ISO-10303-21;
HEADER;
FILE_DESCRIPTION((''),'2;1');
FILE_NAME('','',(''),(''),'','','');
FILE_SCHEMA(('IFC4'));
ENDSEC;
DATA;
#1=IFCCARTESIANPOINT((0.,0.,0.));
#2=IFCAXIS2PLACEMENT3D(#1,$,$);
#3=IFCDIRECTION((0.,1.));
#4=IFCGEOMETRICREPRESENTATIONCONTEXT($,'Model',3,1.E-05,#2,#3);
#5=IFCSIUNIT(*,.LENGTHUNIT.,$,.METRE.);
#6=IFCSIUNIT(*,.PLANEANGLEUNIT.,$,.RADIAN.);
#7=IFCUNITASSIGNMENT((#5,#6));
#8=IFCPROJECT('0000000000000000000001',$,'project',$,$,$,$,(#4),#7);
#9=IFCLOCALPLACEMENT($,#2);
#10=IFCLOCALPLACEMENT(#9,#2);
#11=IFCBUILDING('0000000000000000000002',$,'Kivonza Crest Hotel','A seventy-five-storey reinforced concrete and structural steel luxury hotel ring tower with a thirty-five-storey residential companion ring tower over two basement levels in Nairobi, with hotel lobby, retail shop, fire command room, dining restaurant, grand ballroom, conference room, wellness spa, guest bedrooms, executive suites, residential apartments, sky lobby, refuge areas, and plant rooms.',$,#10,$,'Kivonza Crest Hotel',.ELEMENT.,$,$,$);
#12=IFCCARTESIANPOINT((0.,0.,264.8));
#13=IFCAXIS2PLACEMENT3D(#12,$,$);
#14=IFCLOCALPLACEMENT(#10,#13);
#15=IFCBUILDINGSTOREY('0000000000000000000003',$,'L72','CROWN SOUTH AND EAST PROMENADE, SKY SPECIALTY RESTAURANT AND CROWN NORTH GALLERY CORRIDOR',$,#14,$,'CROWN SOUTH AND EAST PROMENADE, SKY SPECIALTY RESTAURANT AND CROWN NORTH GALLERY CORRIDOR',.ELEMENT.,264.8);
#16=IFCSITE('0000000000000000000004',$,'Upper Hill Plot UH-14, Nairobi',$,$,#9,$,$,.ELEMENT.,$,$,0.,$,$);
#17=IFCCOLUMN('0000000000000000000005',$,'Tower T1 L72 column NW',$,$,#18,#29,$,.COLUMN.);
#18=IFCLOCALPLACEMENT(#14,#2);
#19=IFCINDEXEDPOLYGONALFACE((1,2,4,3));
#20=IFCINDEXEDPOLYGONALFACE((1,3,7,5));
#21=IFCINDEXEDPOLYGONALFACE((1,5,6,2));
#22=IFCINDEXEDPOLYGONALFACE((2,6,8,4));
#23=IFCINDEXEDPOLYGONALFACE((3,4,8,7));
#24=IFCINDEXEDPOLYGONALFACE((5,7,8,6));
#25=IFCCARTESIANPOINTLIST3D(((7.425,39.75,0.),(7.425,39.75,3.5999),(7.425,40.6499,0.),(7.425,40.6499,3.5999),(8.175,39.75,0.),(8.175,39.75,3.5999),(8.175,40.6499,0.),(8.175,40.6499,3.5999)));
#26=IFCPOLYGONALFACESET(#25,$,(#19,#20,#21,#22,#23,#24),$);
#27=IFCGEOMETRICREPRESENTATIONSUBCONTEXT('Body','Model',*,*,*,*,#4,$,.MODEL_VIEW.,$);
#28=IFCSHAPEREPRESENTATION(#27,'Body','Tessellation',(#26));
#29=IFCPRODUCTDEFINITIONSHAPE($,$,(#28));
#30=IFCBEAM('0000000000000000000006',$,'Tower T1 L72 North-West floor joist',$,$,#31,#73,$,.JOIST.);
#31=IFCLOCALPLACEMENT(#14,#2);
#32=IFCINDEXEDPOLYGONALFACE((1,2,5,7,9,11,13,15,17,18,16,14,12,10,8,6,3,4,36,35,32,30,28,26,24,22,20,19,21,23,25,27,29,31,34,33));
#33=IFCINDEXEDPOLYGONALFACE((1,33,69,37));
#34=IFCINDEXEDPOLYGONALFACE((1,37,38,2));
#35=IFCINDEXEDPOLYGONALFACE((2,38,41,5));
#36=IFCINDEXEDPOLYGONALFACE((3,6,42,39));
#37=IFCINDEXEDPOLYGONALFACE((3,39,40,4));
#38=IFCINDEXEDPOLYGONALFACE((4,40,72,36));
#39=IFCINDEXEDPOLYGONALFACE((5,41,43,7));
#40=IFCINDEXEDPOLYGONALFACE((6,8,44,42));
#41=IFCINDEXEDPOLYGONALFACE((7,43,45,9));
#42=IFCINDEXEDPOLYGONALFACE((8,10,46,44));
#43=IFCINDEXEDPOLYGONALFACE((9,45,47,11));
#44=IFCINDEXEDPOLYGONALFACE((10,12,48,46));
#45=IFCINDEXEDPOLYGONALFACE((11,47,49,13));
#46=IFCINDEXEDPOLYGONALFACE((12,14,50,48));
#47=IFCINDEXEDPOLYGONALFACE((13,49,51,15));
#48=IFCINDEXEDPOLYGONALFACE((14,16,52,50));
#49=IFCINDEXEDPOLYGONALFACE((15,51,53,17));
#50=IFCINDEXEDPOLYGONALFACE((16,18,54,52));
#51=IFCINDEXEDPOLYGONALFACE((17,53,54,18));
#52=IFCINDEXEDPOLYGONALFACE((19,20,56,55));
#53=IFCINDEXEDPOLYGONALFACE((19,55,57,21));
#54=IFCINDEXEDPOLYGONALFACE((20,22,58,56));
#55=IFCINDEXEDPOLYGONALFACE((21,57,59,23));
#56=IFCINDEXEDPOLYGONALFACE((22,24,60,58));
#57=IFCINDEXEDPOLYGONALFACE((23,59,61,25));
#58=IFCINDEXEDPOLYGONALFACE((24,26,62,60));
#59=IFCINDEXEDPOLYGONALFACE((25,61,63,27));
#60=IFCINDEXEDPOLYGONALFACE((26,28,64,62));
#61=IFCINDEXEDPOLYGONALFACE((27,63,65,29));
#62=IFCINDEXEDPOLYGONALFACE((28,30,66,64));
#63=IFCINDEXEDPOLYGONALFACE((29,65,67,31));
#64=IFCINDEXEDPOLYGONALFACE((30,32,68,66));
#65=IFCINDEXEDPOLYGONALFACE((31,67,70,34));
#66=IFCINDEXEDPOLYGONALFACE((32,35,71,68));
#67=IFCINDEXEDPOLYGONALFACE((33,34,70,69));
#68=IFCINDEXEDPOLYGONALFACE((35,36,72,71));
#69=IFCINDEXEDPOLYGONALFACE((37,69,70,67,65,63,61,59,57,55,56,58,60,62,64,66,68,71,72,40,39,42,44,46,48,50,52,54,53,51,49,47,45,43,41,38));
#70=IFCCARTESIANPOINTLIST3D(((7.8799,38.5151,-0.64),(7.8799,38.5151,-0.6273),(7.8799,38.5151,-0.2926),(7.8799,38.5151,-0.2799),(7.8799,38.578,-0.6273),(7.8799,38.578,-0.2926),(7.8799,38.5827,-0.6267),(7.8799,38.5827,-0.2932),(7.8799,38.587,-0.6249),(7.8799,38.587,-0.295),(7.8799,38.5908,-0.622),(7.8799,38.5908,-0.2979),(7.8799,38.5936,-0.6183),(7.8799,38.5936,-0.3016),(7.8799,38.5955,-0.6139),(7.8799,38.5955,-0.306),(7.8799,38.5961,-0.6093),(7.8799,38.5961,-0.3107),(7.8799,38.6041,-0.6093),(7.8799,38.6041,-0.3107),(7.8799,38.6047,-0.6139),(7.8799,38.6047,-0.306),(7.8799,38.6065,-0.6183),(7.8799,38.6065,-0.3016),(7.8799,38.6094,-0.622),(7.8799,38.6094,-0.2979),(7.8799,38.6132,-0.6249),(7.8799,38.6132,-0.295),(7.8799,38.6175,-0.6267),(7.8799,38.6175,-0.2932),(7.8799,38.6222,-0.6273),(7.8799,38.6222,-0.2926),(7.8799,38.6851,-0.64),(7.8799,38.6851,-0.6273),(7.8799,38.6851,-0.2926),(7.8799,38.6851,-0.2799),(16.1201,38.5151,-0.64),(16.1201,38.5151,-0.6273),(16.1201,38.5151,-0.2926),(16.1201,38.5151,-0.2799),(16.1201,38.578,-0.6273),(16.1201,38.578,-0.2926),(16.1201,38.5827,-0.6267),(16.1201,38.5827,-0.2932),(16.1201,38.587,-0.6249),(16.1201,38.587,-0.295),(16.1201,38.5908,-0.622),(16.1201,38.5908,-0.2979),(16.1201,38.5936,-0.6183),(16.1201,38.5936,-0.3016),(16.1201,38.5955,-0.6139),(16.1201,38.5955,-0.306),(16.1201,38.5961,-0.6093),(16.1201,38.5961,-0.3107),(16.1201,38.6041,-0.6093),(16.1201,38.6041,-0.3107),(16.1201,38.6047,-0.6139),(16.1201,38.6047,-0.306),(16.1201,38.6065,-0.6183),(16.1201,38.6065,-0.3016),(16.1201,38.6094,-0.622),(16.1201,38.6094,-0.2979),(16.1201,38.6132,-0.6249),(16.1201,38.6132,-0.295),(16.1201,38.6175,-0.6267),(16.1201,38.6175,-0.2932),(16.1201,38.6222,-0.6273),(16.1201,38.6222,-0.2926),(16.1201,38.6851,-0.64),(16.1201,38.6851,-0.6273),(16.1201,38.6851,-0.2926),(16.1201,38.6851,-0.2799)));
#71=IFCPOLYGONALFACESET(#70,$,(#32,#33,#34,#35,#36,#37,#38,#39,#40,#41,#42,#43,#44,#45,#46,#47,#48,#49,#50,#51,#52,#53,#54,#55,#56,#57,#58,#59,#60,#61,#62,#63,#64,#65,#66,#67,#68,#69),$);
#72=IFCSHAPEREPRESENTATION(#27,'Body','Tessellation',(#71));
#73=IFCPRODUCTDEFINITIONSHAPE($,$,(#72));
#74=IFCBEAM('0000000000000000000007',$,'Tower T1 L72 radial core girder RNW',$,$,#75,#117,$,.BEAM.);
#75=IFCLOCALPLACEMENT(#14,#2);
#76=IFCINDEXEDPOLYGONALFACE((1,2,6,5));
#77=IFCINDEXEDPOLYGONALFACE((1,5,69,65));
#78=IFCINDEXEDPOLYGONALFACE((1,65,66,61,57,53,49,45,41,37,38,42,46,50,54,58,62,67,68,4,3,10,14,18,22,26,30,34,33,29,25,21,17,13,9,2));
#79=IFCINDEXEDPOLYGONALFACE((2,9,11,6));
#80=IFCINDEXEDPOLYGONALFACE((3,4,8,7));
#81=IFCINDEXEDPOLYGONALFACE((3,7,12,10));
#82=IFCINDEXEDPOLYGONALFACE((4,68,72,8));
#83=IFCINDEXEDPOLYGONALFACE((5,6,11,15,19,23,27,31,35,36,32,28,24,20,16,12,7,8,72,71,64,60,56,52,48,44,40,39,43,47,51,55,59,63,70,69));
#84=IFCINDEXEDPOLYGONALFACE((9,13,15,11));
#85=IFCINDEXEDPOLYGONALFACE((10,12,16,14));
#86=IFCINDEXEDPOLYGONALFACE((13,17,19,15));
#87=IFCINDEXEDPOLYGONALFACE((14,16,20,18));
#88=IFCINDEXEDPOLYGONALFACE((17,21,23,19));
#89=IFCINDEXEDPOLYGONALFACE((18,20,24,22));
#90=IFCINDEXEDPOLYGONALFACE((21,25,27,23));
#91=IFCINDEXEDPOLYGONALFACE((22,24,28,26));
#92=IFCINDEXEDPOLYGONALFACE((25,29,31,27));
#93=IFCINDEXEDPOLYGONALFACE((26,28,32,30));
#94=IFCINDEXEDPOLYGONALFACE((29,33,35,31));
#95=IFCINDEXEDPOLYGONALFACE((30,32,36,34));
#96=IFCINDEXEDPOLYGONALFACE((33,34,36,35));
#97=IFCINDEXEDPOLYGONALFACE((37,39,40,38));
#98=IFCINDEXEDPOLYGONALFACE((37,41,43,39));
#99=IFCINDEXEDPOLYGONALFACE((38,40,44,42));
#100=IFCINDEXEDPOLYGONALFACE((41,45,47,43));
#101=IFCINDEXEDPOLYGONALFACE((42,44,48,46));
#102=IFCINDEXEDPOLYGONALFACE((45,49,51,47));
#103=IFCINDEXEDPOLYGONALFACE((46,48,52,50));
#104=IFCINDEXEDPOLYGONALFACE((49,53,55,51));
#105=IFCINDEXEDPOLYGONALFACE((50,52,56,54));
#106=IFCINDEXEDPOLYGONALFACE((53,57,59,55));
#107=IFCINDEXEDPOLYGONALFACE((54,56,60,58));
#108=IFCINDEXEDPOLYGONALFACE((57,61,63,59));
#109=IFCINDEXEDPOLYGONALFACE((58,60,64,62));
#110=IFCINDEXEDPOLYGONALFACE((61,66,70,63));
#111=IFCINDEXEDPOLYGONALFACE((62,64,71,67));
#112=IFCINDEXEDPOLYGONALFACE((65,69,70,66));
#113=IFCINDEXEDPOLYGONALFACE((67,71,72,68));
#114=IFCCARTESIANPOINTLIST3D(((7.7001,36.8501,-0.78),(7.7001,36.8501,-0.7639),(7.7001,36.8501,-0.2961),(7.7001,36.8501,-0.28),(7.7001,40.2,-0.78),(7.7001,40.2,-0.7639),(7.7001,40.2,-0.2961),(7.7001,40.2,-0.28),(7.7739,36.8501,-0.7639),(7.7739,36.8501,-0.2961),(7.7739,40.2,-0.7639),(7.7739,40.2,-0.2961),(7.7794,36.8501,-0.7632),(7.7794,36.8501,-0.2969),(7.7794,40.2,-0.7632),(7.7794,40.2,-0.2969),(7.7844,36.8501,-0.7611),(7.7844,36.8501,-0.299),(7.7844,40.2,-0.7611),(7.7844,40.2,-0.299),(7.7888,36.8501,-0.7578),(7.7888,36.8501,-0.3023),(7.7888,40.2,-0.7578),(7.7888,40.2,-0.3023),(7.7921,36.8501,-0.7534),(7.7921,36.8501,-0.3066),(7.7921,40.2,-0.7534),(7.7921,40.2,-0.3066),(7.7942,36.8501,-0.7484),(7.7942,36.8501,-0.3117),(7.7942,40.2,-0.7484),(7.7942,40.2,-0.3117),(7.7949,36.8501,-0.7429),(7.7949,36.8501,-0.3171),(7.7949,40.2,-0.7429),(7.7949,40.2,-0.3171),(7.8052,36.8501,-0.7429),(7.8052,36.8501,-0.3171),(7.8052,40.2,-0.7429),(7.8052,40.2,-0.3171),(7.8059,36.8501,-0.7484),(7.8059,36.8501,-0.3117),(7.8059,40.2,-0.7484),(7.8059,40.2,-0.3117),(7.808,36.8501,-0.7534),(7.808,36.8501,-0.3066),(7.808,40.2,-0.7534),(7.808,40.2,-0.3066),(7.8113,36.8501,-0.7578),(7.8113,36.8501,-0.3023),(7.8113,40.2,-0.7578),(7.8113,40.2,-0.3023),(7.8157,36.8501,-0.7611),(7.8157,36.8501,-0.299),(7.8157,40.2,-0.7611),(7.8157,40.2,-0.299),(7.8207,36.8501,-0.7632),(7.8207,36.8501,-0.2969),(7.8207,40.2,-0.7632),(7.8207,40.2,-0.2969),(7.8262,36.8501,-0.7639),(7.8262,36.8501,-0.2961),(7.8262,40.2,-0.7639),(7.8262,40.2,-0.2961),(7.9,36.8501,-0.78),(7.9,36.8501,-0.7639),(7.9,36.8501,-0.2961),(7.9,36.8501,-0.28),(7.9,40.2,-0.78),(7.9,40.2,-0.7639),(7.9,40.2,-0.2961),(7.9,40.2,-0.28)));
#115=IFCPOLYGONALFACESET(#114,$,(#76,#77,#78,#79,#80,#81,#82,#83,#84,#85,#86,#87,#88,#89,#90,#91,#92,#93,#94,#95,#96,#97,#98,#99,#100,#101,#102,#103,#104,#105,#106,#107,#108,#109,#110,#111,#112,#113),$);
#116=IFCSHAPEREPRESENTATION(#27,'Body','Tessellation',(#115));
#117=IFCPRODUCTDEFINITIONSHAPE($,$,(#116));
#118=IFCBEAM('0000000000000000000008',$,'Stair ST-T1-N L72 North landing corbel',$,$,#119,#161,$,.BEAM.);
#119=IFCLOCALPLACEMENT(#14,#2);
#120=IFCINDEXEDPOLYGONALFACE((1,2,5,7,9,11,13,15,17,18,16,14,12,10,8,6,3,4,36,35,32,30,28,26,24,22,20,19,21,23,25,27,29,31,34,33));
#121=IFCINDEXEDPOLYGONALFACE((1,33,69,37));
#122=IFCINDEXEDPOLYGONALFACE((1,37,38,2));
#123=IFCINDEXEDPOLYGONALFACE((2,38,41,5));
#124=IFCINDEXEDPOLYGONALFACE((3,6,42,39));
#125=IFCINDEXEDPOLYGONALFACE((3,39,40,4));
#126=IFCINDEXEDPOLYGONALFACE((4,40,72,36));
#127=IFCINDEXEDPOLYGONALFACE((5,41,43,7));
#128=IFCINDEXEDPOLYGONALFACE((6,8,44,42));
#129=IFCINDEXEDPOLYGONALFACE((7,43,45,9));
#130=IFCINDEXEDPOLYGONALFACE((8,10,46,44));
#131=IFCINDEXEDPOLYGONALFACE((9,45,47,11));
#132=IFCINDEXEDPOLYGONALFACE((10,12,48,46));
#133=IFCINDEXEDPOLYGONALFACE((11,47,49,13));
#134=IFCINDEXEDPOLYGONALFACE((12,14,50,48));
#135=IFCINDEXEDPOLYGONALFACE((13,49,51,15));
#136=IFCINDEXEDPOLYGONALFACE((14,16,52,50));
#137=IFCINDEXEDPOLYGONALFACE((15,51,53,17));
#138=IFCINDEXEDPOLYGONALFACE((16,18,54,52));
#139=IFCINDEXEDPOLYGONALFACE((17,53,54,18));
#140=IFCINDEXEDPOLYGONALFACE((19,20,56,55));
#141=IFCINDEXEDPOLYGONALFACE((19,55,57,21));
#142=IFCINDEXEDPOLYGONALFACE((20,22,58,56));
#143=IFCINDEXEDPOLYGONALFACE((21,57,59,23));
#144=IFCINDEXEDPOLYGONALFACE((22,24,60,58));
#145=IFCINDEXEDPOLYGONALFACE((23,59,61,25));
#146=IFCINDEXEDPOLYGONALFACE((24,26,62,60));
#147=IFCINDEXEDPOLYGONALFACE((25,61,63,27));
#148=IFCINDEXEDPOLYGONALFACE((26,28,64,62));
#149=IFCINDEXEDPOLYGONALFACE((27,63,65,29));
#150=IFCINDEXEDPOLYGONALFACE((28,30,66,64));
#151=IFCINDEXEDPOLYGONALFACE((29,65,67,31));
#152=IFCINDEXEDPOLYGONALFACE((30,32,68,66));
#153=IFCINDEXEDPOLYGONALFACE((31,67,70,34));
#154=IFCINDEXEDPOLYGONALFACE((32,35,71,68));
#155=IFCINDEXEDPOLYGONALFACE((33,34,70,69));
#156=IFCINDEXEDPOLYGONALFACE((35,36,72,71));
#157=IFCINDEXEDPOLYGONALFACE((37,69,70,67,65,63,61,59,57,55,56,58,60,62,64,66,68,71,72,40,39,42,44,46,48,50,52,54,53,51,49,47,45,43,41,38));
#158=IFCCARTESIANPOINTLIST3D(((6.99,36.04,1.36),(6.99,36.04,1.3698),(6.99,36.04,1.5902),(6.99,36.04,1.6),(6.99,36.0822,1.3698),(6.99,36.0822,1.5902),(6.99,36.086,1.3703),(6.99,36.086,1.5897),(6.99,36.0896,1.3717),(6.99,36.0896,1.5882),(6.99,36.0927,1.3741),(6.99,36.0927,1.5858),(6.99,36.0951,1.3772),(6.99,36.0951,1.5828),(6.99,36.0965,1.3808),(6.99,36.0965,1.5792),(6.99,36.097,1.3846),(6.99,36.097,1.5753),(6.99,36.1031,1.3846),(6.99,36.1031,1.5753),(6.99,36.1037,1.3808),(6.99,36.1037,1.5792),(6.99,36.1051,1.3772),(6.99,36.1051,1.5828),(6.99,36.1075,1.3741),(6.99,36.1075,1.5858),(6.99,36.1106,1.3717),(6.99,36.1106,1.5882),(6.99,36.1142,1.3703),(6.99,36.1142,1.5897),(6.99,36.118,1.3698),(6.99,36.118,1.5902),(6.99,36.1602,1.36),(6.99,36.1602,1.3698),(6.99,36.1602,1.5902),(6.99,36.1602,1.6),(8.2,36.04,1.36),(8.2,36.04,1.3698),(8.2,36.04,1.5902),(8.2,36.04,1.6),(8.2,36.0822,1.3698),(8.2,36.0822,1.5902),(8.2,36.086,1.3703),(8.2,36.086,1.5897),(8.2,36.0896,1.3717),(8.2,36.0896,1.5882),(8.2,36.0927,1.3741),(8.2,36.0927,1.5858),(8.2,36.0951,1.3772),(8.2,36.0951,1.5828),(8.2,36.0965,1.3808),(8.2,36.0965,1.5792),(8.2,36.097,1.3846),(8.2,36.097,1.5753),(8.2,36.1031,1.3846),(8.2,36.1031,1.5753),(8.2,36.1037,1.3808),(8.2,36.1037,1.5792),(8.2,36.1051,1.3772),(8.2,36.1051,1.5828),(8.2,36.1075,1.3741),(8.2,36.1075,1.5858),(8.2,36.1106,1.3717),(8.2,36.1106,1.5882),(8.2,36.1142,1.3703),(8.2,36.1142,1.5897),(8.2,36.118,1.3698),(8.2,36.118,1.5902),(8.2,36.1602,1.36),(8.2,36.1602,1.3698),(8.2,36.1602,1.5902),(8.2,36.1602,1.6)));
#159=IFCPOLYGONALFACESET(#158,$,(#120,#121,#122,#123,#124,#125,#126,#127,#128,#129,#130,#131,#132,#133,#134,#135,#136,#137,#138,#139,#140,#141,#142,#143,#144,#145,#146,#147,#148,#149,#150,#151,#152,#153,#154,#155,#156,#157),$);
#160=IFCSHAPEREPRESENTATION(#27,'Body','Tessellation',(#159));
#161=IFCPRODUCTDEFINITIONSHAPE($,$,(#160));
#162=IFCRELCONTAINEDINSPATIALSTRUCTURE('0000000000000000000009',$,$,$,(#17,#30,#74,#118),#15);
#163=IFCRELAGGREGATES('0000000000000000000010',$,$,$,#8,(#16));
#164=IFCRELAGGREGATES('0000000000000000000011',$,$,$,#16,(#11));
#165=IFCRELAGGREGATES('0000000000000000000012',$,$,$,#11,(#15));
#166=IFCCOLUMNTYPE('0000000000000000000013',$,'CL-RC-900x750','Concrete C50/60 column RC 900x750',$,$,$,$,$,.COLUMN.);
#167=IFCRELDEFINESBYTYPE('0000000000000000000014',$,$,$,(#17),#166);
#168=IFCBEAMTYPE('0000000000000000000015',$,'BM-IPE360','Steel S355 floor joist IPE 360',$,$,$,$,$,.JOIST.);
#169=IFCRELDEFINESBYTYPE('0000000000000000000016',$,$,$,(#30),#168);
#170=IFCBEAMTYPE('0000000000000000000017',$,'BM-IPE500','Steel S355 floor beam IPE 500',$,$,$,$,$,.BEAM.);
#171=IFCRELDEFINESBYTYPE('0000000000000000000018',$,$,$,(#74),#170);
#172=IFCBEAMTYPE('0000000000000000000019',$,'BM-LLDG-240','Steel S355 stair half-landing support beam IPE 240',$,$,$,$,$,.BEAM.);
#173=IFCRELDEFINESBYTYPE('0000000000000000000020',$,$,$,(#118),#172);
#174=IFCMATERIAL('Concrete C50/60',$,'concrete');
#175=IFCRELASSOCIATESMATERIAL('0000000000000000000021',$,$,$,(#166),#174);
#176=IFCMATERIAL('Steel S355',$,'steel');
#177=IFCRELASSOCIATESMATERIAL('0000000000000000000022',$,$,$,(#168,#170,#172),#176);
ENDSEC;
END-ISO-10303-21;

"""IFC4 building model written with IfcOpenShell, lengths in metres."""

from ifc_helpers import new_model, si_unit, direction, frame, origin, origin_2d, place, context, subcontext, project, spatial, rectangle, i_section, extrude, material, material_profile, profile_set, type_object, element, save


model = new_model("IFC4")

# Units and contexts
model_context = context("Model", 3, precision=1e-05, world=origin(), true_north=direction((0.0, 1.0)))
body_context = subcontext(model_context, "Body", "Model", "MODEL_VIEW")
ifc_project = project(units=[si_unit("LENGTHUNIT", "METRE"), si_unit("PLANEANGLEUNIT", "RADIAN")], contexts=[model_context])

# Site, building, storey
site_placement = place(None, origin())
site = spatial("IfcSite", under=ifc_project, at=site_placement, Name="Upper Hill Plot UH-14, Nairobi", CompositionType="ELEMENT", RefElevation=0.0)
building_placement = place(site_placement, origin())
building = spatial("IfcBuilding", under=site, at=building_placement, Name="Kivonza Crest Hotel", Description="A seventy-five-storey reinforced concrete and structural steel luxury hotel ring tower with a thirty-five-storey residential companion ring tower over two basement levels in Nairobi, with hotel lobby, retail shop, fire command room, dining restaurant, grand ballroom, conference room, wellness spa, guest bedrooms, executive suites, residential apartments, sky lobby, refuge areas, and plant rooms.", LongName="Kivonza Crest Hotel", CompositionType="ELEMENT")
storey_placement = place(building_placement, frame((0.0, 0.0, 264.8)))
storey = spatial("IfcBuildingStorey", under=building, at=storey_placement, Name="L72", Description="CROWN SOUTH AND EAST PROMENADE, SKY SPECIALTY RESTAURANT AND CROWN NORTH GALLERY CORRIDOR", LongName="CROWN SOUTH AND EAST PROMENADE, SKY SPECIALTY RESTAURANT AND CROWN NORTH GALLERY CORRIDOR", CompositionType="ELEMENT", Elevation=264.8)

# Column
ifc_material_1 = material(Name="Concrete C50/60", Category="concrete")
ifc_material_profile_1 = material_profile(ifc_material_1, rectangle(XDim=0.75, YDim=0.8999, at=origin_2d()), Name="RC 900x750")
ifc_profile_set_1 = profile_set([ifc_material_profile_1], Name="Concrete C50/60")
column_type = type_object("IfcColumnType", Name="CL-RC-900x750", Description="Concrete C50/60 column RC 900x750", PredefinedType="COLUMN", material=ifc_profile_set_1)
column_placement = place(storey_placement, frame((7.8, 40.2, 0.0), z_axis=(0.0, 0.0, 1.0), x_axis=(1.0, 0.0, 0.0)))
element("IfcColumn", 1, at=column_placement, inside=storey, type_object=column_type, Name="Tower T1 L72 column NW", PredefinedType="COLUMN", context=body_context, shape_type="SweptSolid", body=[
    extrude(rectangle(XDim=0.75, YDim=0.8999, at=origin_2d()), origin(), (0.0, 0.0, 1.0), 3.5999),
])

# Beams
ifc_material_2 = material(Name="Steel S355", Category="steel")
ifc_material_profile_2 = material_profile(ifc_material_2, i_section(OverallWidth=0.1699, OverallDepth=0.3601, WebThickness=0.0081, FlangeThickness=0.0127, FilletRadius=0.0181, at=origin_2d()), Name="IPE 360")
ifc_profile_set_2 = profile_set([ifc_material_profile_2], Name="Steel S355")
beam_type_1 = type_object("IfcBeamType", Name="BM-IPE360", Description="Steel S355 floor joist IPE 360", PredefinedType="JOIST", material=ifc_profile_set_2)
beam_1_placement = place(storey_placement, frame((7.8799, 38.6001, -0.46), z_axis=(1.0, 0.0, 0.0), x_axis=(0.0, 1.0, 0.0)))
element("IfcBeam", 2, at=beam_1_placement, inside=storey, type_object=beam_type_1, Name="Tower T1 L72 North-West floor joist", PredefinedType="JOIST", context=body_context, shape_type="SweptSolid", body=[
    extrude(i_section(OverallWidth=0.1699, OverallDepth=0.3601, WebThickness=0.0081, FlangeThickness=0.0127, FilletRadius=0.0181, at=origin_2d()), origin(), (0.0, 0.0, 1.0), 8.2402),
])
ifc_material_profile_3 = material_profile(ifc_material_2, i_section(OverallWidth=0.2, OverallDepth=0.5, WebThickness=0.0103, FlangeThickness=0.0161, FilletRadius=0.021, at=origin_2d()), Name="IPE 500")
ifc_profile_set_3 = profile_set([ifc_material_profile_3], Name="Steel S355")
beam_type_2 = type_object("IfcBeamType", Name="BM-IPE500", Description="Steel S355 floor beam IPE 500", PredefinedType="BEAM", material=ifc_profile_set_3)
beam_2_placement = place(storey_placement, frame((7.8, 40.2, -0.53), z_axis=(0.0, -1.0, 0.0), x_axis=(1.0, 0.0, 0.0)))
element("IfcBeam", 3, at=beam_2_placement, inside=storey, type_object=beam_type_2, Name="Tower T1 L72 radial core girder RNW", PredefinedType="BEAM", context=body_context, shape_type="SweptSolid", body=[
    extrude(i_section(OverallWidth=0.2, OverallDepth=0.5, WebThickness=0.0103, FlangeThickness=0.0161, FilletRadius=0.021, at=origin_2d()), origin(), (0.0, 0.0, 1.0), 3.3499),
])
ifc_material_profile_4 = material_profile(ifc_material_2, i_section(OverallWidth=0.1201, OverallDepth=0.24, WebThickness=0.0061, FlangeThickness=0.0098, FilletRadius=0.0149, at=origin_2d()), Name="IPE 240")
ifc_profile_set_4 = profile_set([ifc_material_profile_4], Name="Steel S355")
beam_type_3 = type_object("IfcBeamType", Name="BM-LLDG-240", Description="Steel S355 stair half-landing support beam IPE 240", PredefinedType="BEAM", material=ifc_profile_set_4)
beam_3_placement = place(storey_placement, frame((6.99, 36.1001, 1.48), z_axis=(1.0, 0.0, 0.0), x_axis=(0.0, 1.0, 0.0)))
element("IfcBeam", 4, at=beam_3_placement, inside=storey, type_object=beam_type_3, Name="Stair ST-T1-N L72 North landing corbel", PredefinedType="BEAM", context=body_context, shape_type="SweptSolid", body=[
    extrude(i_section(OverallWidth=0.1201, OverallDepth=0.24, WebThickness=0.0061, FlangeThickness=0.0098, FilletRadius=0.0149, at=origin_2d()), origin(), (0.0, 0.0, 1.0), 1.21),
])

save(model, "model.ifc")
